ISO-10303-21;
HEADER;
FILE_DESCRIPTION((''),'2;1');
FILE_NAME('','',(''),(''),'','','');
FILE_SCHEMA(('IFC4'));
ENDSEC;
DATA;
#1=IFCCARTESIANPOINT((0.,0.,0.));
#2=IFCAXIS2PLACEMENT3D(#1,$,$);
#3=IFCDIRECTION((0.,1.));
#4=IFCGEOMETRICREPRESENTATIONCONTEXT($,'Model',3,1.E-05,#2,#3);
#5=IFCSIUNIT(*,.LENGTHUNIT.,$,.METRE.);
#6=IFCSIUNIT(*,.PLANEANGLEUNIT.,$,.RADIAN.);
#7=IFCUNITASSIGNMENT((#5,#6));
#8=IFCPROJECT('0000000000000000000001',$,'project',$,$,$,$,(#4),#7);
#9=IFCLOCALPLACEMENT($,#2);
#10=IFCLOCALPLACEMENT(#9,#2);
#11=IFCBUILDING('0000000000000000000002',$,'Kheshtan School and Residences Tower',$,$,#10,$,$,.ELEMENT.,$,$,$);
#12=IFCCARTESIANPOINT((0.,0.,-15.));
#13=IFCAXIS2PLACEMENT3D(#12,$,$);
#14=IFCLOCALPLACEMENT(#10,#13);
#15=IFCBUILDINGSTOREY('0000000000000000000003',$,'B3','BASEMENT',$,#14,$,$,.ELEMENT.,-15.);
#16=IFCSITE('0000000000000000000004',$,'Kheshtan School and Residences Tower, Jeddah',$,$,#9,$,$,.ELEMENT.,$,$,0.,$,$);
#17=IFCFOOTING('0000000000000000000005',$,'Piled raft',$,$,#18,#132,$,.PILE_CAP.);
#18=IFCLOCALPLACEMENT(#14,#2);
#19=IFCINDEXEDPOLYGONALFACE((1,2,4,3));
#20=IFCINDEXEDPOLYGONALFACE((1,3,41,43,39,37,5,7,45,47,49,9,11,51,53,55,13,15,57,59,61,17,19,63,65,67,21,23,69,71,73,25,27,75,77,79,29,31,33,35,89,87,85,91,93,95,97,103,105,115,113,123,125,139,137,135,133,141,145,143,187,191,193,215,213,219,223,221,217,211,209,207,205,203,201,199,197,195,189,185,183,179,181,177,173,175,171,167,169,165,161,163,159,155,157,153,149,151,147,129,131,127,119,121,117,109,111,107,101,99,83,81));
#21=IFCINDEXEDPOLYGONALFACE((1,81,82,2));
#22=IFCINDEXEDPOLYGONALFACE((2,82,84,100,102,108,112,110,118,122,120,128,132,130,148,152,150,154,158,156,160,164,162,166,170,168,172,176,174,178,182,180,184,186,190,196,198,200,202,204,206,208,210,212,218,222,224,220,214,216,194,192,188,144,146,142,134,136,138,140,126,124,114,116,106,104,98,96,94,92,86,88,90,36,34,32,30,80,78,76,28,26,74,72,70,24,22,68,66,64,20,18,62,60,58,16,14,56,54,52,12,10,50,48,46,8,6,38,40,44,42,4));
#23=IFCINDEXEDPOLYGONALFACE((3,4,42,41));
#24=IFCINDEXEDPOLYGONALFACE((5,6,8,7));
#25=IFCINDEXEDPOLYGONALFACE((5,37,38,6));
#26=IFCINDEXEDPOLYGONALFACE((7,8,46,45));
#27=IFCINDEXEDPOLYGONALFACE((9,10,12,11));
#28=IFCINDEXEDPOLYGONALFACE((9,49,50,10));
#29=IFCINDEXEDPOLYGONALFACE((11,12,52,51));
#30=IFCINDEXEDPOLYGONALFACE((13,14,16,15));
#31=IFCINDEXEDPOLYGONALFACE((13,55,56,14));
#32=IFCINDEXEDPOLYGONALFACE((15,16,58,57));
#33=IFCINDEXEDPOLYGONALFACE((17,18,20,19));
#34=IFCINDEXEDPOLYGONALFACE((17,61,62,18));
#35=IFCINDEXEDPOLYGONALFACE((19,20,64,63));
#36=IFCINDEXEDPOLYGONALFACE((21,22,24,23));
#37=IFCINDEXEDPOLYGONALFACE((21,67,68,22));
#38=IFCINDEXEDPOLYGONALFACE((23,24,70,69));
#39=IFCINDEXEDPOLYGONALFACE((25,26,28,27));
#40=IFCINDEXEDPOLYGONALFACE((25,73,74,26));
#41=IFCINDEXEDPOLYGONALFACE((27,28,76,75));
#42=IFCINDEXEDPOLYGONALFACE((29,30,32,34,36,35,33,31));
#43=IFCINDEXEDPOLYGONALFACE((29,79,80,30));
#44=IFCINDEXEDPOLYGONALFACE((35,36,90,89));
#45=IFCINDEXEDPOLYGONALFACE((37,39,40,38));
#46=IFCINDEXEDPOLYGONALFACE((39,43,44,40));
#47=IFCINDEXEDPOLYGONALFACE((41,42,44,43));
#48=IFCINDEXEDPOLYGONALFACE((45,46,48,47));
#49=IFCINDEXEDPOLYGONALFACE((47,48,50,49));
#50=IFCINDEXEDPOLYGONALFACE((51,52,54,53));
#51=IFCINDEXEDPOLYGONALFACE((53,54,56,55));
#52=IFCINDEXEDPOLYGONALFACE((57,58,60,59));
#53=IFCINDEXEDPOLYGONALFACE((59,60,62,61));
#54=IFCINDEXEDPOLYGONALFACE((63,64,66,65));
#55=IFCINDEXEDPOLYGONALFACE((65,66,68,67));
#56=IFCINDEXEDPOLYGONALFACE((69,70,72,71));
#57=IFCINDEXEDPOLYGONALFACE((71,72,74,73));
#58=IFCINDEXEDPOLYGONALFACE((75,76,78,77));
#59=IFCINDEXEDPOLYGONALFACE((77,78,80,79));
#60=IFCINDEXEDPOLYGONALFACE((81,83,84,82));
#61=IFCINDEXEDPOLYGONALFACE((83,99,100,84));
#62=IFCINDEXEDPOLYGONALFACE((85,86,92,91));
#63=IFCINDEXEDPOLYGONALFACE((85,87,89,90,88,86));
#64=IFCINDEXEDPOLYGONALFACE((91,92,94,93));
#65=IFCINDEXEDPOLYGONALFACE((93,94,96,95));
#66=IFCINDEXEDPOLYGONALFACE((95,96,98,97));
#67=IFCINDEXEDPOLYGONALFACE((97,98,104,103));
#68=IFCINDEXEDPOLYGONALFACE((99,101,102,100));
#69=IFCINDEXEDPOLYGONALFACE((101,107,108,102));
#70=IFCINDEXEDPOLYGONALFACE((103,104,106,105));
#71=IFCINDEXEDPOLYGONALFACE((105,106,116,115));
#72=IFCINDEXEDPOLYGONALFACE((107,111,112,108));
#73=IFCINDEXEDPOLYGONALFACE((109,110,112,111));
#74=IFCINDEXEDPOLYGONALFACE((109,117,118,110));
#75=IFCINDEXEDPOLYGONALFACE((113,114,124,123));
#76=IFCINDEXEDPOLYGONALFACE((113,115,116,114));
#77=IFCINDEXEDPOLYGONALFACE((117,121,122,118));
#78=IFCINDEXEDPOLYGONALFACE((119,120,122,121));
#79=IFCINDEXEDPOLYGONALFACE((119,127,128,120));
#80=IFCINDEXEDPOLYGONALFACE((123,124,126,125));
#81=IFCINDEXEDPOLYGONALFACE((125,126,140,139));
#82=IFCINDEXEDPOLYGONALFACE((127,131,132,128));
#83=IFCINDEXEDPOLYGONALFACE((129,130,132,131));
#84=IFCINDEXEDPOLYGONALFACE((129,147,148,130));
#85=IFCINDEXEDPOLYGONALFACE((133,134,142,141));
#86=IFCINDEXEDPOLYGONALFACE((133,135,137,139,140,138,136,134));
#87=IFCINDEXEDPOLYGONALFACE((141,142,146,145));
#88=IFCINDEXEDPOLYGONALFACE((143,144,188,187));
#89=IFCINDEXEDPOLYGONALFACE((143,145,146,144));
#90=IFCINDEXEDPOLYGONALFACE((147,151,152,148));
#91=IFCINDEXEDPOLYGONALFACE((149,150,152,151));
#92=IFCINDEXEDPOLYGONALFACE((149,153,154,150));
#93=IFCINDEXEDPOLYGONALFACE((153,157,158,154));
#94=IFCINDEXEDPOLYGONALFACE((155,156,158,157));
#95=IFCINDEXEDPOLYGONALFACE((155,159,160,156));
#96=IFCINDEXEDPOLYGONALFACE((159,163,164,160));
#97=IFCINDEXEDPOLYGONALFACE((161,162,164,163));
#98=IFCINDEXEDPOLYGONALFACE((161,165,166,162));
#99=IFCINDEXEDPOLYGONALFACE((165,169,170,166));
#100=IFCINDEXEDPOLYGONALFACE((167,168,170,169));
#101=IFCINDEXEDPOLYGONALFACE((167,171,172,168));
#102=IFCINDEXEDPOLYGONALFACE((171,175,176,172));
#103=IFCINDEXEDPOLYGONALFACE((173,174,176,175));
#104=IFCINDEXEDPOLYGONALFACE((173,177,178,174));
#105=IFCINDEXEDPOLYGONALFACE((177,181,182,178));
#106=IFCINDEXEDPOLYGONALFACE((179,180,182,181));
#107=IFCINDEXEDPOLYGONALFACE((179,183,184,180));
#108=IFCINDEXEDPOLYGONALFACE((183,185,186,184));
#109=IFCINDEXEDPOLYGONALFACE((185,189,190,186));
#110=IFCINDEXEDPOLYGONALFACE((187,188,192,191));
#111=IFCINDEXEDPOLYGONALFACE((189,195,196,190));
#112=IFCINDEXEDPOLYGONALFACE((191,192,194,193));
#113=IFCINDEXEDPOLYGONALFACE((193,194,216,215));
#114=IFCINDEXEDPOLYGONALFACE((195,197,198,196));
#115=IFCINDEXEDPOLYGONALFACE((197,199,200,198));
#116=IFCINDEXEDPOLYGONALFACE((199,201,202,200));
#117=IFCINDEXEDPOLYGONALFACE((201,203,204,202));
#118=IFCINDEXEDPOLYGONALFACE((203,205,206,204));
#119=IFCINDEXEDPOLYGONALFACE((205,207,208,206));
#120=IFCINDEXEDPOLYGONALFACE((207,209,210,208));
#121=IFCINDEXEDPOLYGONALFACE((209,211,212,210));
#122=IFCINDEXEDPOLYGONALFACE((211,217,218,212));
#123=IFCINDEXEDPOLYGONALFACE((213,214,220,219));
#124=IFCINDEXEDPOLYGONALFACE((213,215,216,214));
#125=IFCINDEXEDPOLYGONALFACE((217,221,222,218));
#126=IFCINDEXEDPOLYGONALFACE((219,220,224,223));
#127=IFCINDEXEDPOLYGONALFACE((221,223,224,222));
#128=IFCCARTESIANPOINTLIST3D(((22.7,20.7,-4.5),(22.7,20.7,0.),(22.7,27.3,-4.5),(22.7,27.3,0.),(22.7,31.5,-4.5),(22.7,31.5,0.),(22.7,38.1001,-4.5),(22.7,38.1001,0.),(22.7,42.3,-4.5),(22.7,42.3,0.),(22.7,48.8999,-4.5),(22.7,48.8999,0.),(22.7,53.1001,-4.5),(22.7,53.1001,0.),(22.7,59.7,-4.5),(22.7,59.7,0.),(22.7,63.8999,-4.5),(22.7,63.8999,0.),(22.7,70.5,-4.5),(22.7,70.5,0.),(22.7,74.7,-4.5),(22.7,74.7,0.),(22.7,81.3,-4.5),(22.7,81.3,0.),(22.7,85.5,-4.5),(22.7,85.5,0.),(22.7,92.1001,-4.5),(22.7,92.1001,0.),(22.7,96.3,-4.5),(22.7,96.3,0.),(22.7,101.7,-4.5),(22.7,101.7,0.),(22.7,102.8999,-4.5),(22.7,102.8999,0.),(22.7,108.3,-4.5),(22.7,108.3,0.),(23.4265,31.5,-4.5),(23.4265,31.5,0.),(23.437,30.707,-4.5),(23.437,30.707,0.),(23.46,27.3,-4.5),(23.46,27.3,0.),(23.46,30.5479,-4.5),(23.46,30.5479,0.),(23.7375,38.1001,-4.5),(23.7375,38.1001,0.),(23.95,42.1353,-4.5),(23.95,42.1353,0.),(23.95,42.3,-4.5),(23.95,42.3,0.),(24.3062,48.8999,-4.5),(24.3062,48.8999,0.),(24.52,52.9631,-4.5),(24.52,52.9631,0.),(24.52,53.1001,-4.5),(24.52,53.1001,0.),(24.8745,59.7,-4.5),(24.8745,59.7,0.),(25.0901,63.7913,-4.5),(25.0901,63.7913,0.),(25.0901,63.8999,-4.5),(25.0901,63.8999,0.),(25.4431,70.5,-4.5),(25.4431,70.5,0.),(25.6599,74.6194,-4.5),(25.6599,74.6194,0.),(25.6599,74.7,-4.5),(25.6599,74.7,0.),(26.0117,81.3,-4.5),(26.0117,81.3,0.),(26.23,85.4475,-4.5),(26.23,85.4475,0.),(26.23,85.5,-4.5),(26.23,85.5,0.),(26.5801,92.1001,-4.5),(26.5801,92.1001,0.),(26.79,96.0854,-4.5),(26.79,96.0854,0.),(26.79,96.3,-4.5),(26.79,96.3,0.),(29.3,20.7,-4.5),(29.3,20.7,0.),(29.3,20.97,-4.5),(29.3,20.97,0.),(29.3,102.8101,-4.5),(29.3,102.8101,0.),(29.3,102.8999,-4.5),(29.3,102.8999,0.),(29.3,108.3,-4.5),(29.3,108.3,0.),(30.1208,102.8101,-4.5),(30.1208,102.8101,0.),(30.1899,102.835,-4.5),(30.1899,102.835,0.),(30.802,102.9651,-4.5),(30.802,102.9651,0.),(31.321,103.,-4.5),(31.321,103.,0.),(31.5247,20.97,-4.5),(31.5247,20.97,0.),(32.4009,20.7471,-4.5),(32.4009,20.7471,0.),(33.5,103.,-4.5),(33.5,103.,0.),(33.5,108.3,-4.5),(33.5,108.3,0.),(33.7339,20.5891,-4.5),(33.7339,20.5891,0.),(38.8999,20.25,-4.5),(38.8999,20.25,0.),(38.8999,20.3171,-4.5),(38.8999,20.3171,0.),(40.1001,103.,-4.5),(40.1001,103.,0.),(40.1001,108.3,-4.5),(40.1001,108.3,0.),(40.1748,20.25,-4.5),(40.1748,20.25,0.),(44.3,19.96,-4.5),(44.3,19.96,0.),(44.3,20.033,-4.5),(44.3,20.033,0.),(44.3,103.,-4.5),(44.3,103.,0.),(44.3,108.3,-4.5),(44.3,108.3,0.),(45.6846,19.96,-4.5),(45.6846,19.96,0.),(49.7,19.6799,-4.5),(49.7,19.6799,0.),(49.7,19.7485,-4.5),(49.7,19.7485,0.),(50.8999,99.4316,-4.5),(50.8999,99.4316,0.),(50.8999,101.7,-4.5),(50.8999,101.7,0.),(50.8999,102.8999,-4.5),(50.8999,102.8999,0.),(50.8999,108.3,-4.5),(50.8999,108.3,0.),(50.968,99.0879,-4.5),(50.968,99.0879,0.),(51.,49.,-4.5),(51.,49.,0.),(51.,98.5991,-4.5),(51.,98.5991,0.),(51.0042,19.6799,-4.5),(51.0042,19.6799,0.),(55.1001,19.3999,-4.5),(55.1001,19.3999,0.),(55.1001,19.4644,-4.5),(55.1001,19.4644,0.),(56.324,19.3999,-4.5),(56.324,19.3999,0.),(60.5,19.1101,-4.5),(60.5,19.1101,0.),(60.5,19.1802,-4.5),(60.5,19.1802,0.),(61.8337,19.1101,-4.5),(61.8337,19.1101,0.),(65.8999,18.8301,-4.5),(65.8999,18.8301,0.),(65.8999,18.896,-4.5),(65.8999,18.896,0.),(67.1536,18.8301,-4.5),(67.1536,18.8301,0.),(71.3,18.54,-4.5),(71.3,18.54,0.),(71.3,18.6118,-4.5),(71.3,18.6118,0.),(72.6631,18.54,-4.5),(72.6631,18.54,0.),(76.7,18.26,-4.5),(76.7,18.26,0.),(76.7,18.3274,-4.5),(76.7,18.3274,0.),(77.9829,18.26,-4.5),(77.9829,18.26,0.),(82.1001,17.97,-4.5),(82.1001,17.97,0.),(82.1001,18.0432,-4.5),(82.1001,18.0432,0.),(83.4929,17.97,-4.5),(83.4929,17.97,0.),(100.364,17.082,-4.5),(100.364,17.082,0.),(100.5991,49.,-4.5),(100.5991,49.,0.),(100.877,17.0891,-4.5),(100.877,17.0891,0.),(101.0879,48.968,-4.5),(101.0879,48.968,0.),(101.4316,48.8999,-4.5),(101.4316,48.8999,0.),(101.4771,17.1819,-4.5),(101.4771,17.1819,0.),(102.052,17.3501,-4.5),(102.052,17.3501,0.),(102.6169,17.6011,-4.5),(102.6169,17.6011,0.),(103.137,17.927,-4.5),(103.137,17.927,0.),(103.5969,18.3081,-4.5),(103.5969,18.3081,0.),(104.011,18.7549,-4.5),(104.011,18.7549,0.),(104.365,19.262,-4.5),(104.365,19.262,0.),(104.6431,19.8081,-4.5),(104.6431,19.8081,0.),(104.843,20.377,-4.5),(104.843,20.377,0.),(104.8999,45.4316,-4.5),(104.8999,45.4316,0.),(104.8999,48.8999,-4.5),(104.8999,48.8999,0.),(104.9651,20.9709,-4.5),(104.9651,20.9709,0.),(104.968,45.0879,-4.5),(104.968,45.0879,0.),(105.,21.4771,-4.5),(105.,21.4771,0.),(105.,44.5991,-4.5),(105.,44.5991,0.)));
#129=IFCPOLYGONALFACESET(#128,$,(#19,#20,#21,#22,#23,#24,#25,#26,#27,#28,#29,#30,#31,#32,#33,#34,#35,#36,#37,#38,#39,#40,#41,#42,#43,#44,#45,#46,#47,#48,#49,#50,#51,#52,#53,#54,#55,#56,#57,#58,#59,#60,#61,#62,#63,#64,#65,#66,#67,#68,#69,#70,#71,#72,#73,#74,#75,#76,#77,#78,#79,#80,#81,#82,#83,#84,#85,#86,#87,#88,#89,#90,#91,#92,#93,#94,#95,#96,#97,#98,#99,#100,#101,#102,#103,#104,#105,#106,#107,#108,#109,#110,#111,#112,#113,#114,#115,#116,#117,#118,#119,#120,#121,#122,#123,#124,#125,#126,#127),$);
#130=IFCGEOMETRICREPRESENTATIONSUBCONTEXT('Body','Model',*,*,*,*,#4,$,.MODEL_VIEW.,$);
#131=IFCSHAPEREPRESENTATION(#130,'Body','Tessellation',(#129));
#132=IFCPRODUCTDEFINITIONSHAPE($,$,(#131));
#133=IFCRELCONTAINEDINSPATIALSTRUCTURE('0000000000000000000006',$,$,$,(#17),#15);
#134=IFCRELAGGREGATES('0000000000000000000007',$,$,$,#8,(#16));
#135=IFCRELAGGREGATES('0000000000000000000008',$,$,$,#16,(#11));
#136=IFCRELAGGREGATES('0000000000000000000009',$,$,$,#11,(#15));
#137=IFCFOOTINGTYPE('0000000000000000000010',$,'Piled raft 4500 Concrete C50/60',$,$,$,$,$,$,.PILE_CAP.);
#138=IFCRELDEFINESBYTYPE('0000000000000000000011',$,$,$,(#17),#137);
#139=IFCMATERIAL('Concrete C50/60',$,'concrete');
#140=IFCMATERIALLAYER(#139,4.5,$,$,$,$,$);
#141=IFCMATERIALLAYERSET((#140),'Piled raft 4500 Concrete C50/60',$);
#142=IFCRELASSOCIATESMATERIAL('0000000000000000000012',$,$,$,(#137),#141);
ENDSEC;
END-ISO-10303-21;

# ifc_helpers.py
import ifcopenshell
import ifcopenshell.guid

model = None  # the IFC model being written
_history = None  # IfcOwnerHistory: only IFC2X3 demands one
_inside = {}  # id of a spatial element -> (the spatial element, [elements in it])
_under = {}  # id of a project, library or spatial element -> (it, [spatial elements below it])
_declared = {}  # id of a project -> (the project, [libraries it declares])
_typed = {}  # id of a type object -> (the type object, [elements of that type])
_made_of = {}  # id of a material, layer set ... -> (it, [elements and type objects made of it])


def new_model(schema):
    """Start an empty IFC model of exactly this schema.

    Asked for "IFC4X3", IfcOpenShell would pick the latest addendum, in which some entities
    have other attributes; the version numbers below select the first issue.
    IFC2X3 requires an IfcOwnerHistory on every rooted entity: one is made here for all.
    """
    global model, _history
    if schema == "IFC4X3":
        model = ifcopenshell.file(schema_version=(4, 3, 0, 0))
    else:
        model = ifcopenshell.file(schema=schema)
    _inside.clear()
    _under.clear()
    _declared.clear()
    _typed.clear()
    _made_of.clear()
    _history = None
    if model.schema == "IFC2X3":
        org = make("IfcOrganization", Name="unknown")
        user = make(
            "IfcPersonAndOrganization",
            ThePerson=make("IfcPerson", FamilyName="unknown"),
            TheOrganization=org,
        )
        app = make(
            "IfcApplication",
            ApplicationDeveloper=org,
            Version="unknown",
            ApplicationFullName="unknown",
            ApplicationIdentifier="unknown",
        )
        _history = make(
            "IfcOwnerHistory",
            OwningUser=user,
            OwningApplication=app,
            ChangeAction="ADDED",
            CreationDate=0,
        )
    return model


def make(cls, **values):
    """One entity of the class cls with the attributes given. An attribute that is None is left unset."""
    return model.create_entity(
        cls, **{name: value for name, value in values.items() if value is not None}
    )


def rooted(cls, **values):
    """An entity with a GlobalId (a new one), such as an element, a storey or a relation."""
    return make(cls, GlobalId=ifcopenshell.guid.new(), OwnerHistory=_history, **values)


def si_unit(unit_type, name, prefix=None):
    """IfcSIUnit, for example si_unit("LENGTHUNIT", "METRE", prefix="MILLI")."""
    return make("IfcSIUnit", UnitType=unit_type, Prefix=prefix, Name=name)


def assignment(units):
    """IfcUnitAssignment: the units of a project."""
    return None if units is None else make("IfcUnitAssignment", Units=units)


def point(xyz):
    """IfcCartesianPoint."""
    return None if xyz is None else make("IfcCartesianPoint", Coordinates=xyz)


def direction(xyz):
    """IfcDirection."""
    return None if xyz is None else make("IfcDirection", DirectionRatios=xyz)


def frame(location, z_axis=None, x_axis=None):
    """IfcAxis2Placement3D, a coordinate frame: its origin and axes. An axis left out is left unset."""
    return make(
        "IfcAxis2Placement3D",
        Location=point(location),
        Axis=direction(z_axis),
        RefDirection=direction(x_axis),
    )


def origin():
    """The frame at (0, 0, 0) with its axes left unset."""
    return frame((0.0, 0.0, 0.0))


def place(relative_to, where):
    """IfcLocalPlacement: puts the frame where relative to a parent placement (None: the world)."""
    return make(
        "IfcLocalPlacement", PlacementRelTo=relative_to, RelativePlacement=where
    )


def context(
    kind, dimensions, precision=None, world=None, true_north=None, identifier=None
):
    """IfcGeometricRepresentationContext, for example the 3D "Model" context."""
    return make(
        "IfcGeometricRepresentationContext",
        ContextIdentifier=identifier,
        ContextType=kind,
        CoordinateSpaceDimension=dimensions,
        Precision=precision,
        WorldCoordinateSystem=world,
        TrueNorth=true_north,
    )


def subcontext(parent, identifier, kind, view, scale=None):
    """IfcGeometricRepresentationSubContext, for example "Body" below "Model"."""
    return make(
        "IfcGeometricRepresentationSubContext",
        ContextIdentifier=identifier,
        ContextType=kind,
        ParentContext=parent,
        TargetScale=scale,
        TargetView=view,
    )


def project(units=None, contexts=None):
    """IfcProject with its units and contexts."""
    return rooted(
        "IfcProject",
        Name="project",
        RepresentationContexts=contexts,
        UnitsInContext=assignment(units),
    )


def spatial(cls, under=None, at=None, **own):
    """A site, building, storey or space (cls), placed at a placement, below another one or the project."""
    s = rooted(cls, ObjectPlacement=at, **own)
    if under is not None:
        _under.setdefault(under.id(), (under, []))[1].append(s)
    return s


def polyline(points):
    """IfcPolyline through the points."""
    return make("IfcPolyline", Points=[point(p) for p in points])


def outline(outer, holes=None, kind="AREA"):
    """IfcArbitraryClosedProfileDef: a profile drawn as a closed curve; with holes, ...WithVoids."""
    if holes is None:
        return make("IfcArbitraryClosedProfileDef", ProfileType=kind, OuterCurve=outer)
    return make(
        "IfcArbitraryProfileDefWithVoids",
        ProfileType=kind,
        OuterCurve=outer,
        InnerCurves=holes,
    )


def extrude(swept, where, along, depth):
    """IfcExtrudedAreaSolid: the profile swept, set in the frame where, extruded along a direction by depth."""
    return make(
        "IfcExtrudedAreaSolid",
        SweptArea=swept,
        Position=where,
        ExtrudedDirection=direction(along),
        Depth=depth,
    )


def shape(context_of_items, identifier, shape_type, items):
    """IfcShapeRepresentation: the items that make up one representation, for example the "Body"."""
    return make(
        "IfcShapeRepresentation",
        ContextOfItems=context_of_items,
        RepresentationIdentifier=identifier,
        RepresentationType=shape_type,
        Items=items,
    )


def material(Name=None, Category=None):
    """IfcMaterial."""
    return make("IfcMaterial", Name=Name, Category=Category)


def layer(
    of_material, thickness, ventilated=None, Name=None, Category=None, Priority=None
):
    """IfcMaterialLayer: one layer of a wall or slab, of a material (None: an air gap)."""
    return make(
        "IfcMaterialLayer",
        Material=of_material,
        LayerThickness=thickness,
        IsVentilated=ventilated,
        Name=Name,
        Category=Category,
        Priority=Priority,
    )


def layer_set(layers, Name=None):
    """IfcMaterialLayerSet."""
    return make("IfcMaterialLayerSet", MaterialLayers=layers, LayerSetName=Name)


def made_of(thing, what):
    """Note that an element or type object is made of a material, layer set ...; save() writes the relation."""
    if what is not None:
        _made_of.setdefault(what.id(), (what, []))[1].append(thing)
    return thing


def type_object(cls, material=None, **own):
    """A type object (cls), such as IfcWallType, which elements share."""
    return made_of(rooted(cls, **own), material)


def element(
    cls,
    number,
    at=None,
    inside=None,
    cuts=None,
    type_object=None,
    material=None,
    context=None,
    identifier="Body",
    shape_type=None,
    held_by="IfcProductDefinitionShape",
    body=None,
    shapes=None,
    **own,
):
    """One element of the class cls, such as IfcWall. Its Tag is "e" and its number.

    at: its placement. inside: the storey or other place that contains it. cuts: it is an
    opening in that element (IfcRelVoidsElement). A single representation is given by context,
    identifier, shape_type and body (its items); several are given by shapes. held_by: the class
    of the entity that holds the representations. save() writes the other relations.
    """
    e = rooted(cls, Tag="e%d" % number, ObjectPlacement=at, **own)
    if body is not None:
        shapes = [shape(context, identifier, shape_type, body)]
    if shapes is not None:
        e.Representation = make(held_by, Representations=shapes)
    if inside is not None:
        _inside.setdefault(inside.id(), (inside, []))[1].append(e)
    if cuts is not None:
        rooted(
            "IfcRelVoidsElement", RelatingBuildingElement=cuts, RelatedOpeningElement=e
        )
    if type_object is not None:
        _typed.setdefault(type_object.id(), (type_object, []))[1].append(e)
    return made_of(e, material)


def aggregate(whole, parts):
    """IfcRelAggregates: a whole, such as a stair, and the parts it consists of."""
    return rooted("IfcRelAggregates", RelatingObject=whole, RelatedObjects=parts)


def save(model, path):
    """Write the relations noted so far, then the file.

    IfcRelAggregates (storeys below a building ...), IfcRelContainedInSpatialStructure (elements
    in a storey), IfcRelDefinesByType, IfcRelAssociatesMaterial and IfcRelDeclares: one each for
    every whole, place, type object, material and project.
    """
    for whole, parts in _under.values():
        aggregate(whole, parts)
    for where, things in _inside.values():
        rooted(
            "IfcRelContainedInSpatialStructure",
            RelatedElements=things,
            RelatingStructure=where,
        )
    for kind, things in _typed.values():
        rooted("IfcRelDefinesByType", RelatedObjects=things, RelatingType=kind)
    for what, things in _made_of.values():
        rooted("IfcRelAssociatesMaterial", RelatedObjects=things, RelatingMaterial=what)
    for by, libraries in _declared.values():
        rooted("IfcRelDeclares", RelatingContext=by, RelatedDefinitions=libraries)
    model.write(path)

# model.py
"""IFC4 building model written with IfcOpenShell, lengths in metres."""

from ifc_helpers import new_model, si_unit, direction, frame, origin, place, context, subcontext, project, spatial, polyline, outline, extrude, material, layer, layer_set, type_object, element, save


model = new_model("IFC4")

# Units and contexts
model_context = context("Model", 3, precision=1e-05, world=origin(), true_north=direction((0.0, 1.0)))
body_context = subcontext(model_context, "Body", "Model", "MODEL_VIEW")
ifc_project = project(units=[si_unit("LENGTHUNIT", "METRE"), si_unit("PLANEANGLEUNIT", "RADIAN")], contexts=[model_context])

# Site, building, storey
site_placement = place(None, origin())
site = spatial("IfcSite", under=ifc_project, at=site_placement, Name="Kheshtan School and Residences Tower, Jeddah", CompositionType="ELEMENT", RefElevation=0.0)
building_placement = place(site_placement, origin())
building = spatial("IfcBuilding", under=site, at=building_placement, Name="Kheshtan School and Residences Tower", CompositionType="ELEMENT")
storey_placement = place(building_placement, frame((0.0, 0.0, -15.0)))
storey = spatial("IfcBuildingStorey", under=building, at=storey_placement, Name="B3", Description="BASEMENT", CompositionType="ELEMENT", Elevation=-15.0)

# Shared definitions
ifc_material_1 = material(Name="Concrete C50/60", Category="concrete")

# Footing
ifc_layer_1 = layer(ifc_material_1, 4.5)
ifc_layer_set_1 = layer_set([ifc_layer_1], Name="Piled raft 4500 Concrete C50/60")
footing_type_1 = type_object("IfcFootingType", Name="Piled raft 4500 Concrete C50/60", PredefinedType="PILE_CAP", material=ifc_layer_set_1)
footing_1_placement = place(storey_placement, frame((0.0, 0.0, -4.5)))
element("IfcFooting", 1, at=footing_1_placement, inside=storey, type_object=footing_type_1, Name="Piled raft", PredefinedType="PILE_CAP", context=body_context, shape_type="SweptSolid", body=[
    extrude(outline(polyline([(104.8999, 48.8999), (104.8999, 45.4316), (104.968, 45.0879), (105.0, 44.5991), (105.0, 21.4771), (104.9651, 20.9709), (104.843, 20.377), (104.6431, 19.8081), (104.365, 19.262), (104.011, 18.7549), (103.5969, 18.3081), (103.137, 17.927), (102.6169, 17.6011), (102.052, 17.3501), (101.4771, 17.1819), (100.877, 17.0891), (100.364, 17.082), (83.4929, 17.97), (82.1001, 17.97), (82.1001, 18.0432), (77.9829, 18.26), (76.7, 18.26), (76.7, 18.3274), (72.6631, 18.54), (71.3, 18.54), (71.3, 18.6118), (67.1536, 18.8301), (65.8999, 18.8301), (65.8999, 18.896), (61.8337, 19.1101), (60.5, 19.1101), (60.5, 19.1802), (56.324, 19.3999), (55.1001, 19.3999), (55.1001, 19.4644), (51.0042, 19.6799), (49.7, 19.6799), (49.7, 19.7485), (45.6846, 19.96), (44.3, 19.96), (44.3, 20.033), (40.1748, 20.25), (38.8999, 20.25), (38.8999, 20.3171), (33.7339, 20.5891), (32.4009, 20.7471), (31.5247, 20.97), (29.3, 20.97), (29.3, 20.7), (22.7, 20.7), (22.7, 27.3), (23.46, 27.3), (23.46, 30.5479), (23.437, 30.707), (23.4265, 31.5), (22.7, 31.5), (22.7, 38.1001), (23.7375, 38.1001), (23.95, 42.1353), (23.95, 42.3), (22.7, 42.3), (22.7, 48.8999), (24.3062, 48.8999), (24.52, 52.9631), (24.52, 53.1001), (22.7, 53.1001), (22.7, 59.7), (24.8745, 59.7), (25.0901, 63.7913), (25.0901, 63.8999), (22.7, 63.8999), (22.7, 70.5), (25.4431, 70.5), (25.6599, 74.6194), (25.6599, 74.7), (22.7, 74.7), (22.7, 81.3), (26.0117, 81.3), (26.23, 85.4475), (26.23, 85.5), (22.7, 85.5), (22.7, 92.1001), (26.5801, 92.1001), (26.79, 96.0854), (26.79, 96.3), (22.7, 96.3), (22.7, 101.7), (22.7, 102.8999), (22.7, 108.3), (29.3, 108.3), (29.3, 102.8999), (29.3, 102.8101), (30.1208, 102.8101), (30.1899, 102.835), (30.802, 102.9651), (31.321, 103.0), (33.5, 103.0), (33.5, 108.3), (40.1001, 108.3), (40.1001, 103.0), (44.3, 103.0), (44.3, 108.3), (50.8999, 108.3), (50.8999, 102.8999), (50.8999, 101.7), (50.8999, 99.4316), (50.968, 99.0879), (51.0, 98.5991), (51.0, 49.0), (100.5991, 49.0), (101.0879, 48.968), (101.4316, 48.8999), (104.8999, 48.8999)])), origin(), (0.0, 0.0, 1.0), 4.5),
])

save(model, "model.ifc")
